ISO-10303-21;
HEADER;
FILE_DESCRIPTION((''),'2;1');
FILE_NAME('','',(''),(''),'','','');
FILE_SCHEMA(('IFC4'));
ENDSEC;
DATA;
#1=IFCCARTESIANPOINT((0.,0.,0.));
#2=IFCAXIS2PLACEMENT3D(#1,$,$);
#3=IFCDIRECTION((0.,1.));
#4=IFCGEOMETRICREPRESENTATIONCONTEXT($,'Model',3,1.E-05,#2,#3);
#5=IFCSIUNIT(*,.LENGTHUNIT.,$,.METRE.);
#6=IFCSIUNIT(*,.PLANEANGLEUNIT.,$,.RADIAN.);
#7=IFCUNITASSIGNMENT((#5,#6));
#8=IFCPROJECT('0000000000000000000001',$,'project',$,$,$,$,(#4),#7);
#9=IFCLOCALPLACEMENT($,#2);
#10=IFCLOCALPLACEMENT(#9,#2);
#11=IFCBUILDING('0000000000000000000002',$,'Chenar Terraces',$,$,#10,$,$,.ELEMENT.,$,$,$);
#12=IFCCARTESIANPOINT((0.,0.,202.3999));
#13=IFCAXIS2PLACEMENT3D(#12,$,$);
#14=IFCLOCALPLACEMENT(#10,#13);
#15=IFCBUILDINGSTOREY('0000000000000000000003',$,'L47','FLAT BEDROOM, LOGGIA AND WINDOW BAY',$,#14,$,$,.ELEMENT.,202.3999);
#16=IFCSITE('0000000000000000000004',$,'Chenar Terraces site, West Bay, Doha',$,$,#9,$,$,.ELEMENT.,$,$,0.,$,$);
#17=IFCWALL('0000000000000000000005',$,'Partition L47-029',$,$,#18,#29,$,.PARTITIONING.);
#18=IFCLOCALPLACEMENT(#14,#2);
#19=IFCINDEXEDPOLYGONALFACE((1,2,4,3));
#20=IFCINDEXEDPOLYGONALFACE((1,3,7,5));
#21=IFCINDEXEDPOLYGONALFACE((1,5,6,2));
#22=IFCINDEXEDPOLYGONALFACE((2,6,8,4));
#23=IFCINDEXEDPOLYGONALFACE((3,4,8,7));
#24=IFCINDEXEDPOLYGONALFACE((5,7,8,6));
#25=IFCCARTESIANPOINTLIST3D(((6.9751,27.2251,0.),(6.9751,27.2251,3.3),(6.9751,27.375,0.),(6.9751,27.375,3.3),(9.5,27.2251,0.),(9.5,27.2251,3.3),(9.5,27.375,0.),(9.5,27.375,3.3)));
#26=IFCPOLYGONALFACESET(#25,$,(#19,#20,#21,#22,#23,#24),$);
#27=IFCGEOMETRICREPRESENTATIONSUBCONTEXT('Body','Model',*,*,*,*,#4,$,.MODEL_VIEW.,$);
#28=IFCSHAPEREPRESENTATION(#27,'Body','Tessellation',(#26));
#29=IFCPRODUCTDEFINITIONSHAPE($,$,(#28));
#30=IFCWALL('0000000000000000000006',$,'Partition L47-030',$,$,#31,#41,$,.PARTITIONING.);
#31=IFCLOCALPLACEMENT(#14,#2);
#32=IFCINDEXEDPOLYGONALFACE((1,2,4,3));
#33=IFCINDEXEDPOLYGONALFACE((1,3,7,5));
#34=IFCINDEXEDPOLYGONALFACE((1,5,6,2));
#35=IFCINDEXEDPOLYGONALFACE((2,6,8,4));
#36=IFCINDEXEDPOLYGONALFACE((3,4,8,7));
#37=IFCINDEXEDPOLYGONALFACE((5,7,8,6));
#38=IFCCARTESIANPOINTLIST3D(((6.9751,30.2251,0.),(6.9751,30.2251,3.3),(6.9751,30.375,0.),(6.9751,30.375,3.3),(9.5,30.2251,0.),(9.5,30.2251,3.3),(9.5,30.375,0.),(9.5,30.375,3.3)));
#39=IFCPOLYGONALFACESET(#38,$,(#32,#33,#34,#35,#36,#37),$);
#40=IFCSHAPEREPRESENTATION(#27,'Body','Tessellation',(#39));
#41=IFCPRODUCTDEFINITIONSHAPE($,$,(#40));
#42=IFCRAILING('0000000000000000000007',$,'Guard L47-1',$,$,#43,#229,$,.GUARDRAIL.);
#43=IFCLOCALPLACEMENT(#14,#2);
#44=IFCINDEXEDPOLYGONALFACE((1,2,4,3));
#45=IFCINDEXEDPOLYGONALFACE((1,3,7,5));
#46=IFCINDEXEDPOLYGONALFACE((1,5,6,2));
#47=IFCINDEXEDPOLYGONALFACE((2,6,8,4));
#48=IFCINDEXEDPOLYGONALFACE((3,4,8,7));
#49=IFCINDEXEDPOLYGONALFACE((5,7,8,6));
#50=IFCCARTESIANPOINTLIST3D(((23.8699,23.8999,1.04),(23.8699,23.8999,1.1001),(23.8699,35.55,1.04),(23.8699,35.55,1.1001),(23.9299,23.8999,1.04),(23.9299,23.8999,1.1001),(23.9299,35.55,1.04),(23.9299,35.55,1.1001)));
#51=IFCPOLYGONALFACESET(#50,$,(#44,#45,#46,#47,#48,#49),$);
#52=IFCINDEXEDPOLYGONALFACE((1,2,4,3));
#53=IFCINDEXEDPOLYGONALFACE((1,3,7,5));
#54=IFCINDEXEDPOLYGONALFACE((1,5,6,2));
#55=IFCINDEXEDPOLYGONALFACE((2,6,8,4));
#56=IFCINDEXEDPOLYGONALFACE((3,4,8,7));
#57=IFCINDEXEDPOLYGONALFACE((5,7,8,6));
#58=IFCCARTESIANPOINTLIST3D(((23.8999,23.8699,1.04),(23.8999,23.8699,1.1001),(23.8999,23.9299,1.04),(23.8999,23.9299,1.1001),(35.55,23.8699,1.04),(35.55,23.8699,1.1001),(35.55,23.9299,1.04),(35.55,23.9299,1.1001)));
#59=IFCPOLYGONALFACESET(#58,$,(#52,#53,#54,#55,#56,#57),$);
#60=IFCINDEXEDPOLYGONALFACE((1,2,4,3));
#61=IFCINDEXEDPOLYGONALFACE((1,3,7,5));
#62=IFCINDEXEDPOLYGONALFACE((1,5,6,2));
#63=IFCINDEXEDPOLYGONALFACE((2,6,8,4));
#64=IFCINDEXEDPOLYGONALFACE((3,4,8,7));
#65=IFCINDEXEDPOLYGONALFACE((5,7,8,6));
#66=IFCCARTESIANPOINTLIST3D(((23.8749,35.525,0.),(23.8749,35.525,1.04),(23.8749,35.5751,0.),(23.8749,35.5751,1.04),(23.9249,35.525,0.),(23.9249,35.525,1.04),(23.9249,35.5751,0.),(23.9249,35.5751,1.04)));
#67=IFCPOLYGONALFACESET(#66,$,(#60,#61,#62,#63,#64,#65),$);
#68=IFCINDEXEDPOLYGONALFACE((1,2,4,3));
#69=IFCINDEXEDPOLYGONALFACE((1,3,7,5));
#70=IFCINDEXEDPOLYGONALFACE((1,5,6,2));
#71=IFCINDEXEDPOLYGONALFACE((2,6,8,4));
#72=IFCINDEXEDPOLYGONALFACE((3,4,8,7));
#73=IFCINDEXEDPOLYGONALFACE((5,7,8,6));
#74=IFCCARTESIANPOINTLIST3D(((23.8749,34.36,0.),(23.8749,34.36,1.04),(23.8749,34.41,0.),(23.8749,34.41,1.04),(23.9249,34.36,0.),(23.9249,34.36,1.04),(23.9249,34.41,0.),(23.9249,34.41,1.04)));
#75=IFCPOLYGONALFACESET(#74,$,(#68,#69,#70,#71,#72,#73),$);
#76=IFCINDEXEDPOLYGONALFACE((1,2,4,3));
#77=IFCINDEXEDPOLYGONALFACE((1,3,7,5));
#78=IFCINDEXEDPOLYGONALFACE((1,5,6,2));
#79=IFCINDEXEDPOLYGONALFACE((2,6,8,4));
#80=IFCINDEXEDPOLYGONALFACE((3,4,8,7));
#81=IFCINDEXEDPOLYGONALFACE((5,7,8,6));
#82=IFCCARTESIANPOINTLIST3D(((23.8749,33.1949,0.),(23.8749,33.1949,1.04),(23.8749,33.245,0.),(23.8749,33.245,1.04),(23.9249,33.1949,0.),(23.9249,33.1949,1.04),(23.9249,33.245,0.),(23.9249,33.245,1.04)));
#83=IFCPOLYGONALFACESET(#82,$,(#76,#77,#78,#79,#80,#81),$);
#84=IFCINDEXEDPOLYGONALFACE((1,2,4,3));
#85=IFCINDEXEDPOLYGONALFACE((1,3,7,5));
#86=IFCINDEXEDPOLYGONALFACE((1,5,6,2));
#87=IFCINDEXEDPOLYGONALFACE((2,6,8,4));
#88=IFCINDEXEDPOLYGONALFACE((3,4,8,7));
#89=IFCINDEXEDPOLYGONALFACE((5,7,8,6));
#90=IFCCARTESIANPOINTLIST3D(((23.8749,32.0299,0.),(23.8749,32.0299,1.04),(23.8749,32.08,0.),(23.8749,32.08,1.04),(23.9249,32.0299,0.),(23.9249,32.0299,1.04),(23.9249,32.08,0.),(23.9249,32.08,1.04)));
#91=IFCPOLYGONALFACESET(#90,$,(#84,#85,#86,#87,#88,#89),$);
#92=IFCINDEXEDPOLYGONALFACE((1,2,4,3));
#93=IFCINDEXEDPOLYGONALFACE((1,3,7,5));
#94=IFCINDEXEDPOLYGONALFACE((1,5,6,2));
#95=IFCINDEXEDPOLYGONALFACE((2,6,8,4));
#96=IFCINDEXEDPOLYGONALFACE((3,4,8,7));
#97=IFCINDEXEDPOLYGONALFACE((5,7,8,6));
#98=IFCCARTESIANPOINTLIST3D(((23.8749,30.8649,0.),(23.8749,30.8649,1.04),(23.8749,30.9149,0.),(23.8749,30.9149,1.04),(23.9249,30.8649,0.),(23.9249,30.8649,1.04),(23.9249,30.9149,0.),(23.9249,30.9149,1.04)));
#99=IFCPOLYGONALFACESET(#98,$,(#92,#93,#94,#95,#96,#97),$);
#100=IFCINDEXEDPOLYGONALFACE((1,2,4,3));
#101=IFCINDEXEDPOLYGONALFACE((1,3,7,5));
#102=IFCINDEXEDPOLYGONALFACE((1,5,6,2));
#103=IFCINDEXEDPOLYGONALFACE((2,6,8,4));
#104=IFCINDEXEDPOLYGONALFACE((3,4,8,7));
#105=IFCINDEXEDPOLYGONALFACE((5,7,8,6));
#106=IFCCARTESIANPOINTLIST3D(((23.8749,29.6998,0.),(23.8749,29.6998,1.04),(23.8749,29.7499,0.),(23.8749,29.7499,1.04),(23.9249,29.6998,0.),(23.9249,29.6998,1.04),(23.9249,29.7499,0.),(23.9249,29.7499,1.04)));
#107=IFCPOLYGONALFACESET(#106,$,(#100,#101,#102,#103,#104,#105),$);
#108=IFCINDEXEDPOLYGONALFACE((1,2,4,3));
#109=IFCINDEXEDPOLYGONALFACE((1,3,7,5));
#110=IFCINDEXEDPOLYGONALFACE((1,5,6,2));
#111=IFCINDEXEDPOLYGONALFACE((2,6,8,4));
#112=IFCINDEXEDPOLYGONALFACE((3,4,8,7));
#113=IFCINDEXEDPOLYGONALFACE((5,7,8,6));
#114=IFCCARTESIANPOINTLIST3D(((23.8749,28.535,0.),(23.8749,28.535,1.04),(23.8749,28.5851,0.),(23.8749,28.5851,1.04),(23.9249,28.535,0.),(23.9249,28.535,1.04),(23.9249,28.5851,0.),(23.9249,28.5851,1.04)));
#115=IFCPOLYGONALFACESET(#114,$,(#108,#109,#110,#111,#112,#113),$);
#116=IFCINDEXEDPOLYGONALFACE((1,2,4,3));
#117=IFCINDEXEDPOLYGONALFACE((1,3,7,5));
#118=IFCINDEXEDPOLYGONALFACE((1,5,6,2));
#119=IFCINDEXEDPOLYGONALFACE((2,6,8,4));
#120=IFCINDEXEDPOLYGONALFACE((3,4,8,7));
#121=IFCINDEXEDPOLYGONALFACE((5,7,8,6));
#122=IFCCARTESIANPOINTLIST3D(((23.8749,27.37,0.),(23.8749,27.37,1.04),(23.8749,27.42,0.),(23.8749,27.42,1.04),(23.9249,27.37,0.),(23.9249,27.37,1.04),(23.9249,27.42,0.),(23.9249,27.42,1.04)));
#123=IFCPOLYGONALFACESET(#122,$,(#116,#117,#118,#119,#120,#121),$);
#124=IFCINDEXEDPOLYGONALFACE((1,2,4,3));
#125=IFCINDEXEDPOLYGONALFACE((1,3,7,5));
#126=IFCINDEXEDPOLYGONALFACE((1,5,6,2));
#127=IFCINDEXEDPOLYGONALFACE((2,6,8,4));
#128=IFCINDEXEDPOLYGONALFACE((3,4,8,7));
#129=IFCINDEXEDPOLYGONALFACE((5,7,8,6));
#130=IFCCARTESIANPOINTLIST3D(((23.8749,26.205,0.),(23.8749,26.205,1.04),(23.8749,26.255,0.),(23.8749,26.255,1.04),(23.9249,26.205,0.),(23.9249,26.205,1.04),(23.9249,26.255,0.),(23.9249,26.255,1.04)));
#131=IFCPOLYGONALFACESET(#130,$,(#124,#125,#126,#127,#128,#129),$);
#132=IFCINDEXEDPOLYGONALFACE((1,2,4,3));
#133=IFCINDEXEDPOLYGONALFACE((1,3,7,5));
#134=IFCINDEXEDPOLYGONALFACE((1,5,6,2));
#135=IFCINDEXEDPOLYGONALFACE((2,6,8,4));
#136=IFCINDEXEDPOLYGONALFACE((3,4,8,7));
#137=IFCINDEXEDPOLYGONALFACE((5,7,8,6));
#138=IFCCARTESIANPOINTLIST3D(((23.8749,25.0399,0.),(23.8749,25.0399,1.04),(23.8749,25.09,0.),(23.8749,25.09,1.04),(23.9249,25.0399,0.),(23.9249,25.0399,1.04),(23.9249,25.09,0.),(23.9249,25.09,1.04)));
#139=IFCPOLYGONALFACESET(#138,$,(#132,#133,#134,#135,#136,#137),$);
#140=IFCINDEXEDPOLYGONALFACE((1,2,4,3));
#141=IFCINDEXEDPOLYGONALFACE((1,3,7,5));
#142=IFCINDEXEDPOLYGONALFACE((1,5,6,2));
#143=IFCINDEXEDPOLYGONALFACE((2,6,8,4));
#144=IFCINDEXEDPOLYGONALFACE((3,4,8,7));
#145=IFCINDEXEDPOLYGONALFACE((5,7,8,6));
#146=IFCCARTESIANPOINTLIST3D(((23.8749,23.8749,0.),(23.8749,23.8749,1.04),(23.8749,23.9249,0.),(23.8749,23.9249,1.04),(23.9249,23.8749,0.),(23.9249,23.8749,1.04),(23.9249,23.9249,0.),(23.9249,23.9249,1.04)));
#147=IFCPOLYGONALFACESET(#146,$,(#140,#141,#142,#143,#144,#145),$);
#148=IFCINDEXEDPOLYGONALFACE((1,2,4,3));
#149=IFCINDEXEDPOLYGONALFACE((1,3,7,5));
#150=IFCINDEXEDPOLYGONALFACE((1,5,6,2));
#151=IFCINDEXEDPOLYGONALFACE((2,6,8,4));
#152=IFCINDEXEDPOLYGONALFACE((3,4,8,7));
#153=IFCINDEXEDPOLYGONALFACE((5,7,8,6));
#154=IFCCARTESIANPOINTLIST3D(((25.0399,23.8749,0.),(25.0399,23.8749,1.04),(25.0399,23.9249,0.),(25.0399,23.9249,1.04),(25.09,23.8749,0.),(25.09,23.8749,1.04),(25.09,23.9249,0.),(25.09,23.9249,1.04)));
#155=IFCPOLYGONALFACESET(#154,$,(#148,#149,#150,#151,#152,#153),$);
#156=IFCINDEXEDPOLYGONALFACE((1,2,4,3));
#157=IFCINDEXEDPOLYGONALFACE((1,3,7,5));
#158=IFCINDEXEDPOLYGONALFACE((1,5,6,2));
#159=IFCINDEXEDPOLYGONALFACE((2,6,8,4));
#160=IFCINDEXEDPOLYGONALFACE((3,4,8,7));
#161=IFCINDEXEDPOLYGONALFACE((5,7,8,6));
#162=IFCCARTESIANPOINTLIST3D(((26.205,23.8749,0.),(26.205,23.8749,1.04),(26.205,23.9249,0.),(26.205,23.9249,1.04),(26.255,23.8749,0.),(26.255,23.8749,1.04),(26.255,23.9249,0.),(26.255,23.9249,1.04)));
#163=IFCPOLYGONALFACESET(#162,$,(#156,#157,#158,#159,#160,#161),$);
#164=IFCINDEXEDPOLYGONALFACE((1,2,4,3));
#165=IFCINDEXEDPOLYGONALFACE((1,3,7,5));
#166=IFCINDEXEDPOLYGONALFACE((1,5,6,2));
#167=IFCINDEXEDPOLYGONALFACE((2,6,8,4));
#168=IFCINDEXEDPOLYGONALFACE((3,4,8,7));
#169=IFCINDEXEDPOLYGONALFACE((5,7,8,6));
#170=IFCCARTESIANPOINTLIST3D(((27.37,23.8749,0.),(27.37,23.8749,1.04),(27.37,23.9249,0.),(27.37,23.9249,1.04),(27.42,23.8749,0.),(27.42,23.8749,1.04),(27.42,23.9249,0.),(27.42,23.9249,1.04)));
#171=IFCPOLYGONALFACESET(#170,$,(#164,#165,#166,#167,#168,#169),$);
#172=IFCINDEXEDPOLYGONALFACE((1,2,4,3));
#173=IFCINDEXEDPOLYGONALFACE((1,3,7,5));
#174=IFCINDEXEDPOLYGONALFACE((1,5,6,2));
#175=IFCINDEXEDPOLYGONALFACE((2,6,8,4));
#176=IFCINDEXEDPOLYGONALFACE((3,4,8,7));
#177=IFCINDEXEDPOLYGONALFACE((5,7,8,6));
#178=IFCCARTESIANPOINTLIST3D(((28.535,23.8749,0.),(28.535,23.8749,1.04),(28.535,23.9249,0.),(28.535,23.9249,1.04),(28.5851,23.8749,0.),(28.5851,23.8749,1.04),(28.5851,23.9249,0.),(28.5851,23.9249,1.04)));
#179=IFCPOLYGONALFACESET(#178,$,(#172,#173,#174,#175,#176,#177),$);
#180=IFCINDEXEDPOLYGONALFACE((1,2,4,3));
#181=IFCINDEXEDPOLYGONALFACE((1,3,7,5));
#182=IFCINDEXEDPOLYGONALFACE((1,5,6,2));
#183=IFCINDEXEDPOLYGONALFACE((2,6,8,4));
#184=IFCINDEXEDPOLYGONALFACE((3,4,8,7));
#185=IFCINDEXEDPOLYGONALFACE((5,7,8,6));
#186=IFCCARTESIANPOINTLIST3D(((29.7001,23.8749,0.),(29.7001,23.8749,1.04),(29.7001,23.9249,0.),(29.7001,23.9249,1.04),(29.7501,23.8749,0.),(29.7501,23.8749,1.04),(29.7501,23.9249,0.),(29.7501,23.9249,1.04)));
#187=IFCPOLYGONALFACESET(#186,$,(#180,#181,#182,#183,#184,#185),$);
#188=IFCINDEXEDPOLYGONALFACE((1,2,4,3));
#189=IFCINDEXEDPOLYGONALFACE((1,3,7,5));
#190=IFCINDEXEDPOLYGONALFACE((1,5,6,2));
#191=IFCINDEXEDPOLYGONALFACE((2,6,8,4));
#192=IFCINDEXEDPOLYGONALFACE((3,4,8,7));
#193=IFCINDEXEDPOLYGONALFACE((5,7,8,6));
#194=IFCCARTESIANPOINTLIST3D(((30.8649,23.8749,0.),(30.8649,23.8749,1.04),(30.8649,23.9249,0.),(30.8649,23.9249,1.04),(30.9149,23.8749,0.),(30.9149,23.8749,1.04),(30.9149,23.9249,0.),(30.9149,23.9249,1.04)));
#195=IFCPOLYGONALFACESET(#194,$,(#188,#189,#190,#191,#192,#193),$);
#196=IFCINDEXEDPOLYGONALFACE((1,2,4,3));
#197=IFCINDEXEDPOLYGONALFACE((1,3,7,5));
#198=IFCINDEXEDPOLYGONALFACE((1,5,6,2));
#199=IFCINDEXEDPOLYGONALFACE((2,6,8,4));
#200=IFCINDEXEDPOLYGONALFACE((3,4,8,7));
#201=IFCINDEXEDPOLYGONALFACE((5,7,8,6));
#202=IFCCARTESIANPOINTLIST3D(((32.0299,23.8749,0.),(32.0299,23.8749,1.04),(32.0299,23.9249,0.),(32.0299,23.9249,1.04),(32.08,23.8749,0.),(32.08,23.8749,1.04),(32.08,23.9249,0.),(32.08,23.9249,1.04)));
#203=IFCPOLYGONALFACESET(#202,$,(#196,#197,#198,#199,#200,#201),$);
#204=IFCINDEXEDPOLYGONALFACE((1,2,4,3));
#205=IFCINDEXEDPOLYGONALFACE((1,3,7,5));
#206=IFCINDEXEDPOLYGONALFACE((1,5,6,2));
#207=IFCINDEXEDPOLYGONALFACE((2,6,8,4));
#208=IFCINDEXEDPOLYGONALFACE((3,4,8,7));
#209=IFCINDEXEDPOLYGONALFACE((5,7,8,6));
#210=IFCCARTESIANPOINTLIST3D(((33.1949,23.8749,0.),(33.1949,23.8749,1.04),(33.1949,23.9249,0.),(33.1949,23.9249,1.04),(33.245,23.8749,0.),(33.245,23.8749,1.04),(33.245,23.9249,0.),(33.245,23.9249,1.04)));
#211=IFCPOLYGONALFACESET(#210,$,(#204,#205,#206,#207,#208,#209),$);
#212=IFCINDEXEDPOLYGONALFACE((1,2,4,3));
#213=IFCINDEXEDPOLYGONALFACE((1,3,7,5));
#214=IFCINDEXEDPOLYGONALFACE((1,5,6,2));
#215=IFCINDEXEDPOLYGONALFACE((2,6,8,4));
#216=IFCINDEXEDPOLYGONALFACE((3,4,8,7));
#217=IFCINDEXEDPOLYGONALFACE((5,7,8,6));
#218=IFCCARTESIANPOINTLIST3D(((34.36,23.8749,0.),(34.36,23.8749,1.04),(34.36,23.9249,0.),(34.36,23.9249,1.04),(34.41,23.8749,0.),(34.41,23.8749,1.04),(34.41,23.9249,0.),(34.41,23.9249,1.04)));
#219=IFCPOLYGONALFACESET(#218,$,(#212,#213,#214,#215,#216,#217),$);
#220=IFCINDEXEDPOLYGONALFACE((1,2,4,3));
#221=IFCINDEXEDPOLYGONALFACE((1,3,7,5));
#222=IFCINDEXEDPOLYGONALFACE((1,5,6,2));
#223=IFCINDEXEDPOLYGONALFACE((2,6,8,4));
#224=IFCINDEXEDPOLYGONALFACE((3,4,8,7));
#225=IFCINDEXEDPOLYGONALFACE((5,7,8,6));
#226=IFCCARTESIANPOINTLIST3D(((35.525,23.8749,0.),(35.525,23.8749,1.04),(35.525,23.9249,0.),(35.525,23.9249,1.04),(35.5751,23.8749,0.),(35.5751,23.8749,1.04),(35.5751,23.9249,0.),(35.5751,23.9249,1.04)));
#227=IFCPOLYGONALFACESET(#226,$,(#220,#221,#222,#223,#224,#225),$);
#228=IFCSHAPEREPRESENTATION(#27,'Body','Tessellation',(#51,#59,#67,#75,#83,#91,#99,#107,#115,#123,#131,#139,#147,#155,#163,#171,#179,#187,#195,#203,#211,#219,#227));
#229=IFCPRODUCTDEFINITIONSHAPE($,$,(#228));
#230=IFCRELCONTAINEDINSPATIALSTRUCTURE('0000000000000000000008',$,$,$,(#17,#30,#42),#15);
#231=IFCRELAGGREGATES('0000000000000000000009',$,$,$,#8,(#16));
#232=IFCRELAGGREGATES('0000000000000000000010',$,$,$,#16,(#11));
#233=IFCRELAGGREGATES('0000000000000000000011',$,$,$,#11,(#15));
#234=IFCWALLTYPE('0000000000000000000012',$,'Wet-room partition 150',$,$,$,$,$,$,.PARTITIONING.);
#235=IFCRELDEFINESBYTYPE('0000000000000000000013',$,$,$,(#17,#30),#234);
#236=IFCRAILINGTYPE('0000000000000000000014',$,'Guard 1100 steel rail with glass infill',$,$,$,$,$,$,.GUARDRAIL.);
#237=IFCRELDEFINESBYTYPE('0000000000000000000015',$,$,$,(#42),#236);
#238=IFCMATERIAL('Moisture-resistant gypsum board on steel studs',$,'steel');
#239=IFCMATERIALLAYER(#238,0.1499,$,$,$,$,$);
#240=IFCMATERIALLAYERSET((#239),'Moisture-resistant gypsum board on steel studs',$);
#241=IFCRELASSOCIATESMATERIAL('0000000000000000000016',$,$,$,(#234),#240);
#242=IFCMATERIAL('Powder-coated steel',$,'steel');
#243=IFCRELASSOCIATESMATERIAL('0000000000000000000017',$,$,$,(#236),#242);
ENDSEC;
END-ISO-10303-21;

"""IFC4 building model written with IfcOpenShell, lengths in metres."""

from ifc_helpers import new_model, si_unit, direction, frame, frame_2d, origin, origin_2d, place, context, subcontext, project, spatial, rectangle, extrude, material, layer, layer_set, type_object, element, save


model = new_model("IFC4")

# Units and contexts
model_context = context("Model", 3, precision=1e-05, world=origin(), true_north=direction((0.0, 1.0)))
body_context = subcontext(model_context, "Body", "Model", "MODEL_VIEW")
ifc_project = project(units=[si_unit("LENGTHUNIT", "METRE"), si_unit("PLANEANGLEUNIT", "RADIAN")], contexts=[model_context])

# Site, building, storey
site_placement = place(None, origin())
site = spatial("IfcSite", under=ifc_project, at=site_placement, Name="Chenar Terraces site, West Bay, Doha", CompositionType="ELEMENT", RefElevation=0.0)
building_placement = place(site_placement, origin())
building = spatial("IfcBuilding", under=site, at=building_placement, Name="Chenar Terraces", CompositionType="ELEMENT")
storey_placement = place(building_placement, frame((0.0, 0.0, 202.3999)))
storey = spatial("IfcBuildingStorey", under=building, at=storey_placement, Name="L47", Description="FLAT BEDROOM, LOGGIA AND WINDOW BAY", CompositionType="ELEMENT", Elevation=202.3999)

# Walls
ifc_material_1 = material(Name="Moisture-resistant gypsum board on steel studs", Category="steel")
ifc_layer_1 = layer(ifc_material_1, 0.1499)
ifc_layer_set_1 = layer_set([ifc_layer_1], Name="Moisture-resistant gypsum board on steel studs")
wall_type_1 = type_object("IfcWallType", Name="Wet-room partition 150", PredefinedType="PARTITIONING", material=ifc_layer_set_1)
for number, where, z_axis, x_axis, name in (
    (1, (6.9751, 27.3, 0.0), (0.0, 0.0, 1.0), (1.0, 0.0, 0.0), "Partition L47-029"),
    (2, (6.9751, 30.3, 0.0), (0.0, 0.0, 1.0), (1.0, 0.0, 0.0), "Partition L47-030"),
):
    element("IfcWall", number, at=place(storey_placement, frame(where, z_axis=z_axis, x_axis=x_axis)), inside=storey, type_object=wall_type_1, Name=name, PredefinedType="PARTITIONING", context=body_context, shape_type="SweptSolid", body=[
        extrude(rectangle(XDim=2.5249, YDim=0.1499, at=frame_2d((1.2625, 0.0))), origin(), (0.0, 0.0, 1.0), 3.3),
    ])

# Railing
ifc_material_2 = material(Name="Powder-coated steel", Category="steel")
railing_type = type_object("IfcRailingType", Name="Guard 1100 steel rail with glass infill", PredefinedType="GUARDRAIL", material=ifc_material_2)
railing_placement = place(storey_placement, frame((23.8999, 35.55, 0.0)))
element("IfcRailing", 3, at=railing_placement, inside=storey, type_object=railing_type, Name="Guard L47-1", PredefinedType="GUARDRAIL", context=body_context, shape_type="SweptSolid", body=[
    extrude(rectangle(XDim=0.0601, YDim=0.0601, at=origin_2d()), frame((0.0, 0.0, 1.0701), z_axis=(0.0, -1.0, 0.0), x_axis=(1.0, 0.0, 0.0)), (0.0, 0.0, 1.0), 11.6501),
    extrude(rectangle(XDim=0.0601, YDim=0.0601, at=origin_2d()), frame((0.0, -11.6501, 1.0701), z_axis=(1.0, 0.0, 0.0), x_axis=(0.0, 1.0, 0.0)), (0.0, 0.0, 1.0), 11.6501),
    extrude(rectangle(XDim=0.05, YDim=0.05, at=origin_2d()), origin(), (0.0, 0.0, 1.0), 1.04),
    extrude(rectangle(XDim=0.05, YDim=0.05, at=origin_2d()), frame((0.0, -1.165, 0.0)), (0.0, 0.0, 1.0), 1.04),
    extrude(rectangle(XDim=0.05, YDim=0.05, at=origin_2d()), frame((0.0, -2.3301, 0.0)), (0.0, 0.0, 1.0), 1.04),
    extrude(rectangle(XDim=0.05, YDim=0.05, at=origin_2d()), frame((0.0, -3.4951, 0.0)), (0.0, 0.0, 1.0), 1.04),
    extrude(rectangle(XDim=0.05, YDim=0.05, at=origin_2d()), frame((0.0, -4.6602, 0.0)), (0.0, 0.0, 1.0), 1.04),
    extrude(rectangle(XDim=0.05, YDim=0.05, at=origin_2d()), frame((0.0, -5.8252, 0.0)), (0.0, 0.0, 1.0), 1.04),
    extrude(rectangle(XDim=0.05, YDim=0.05, at=origin_2d()), frame((0.0, -6.99, 0.0)), (0.0, 0.0, 1.0), 1.04),
    extrude(rectangle(XDim=0.05, YDim=0.05, at=origin_2d()), frame((0.0, -8.155, 0.0)), (0.0, 0.0, 1.0), 1.04),
    extrude(rectangle(XDim=0.05, YDim=0.05, at=origin_2d()), frame((0.0, -9.3201, 0.0)), (0.0, 0.0, 1.0), 1.04),
    extrude(rectangle(XDim=0.05, YDim=0.05, at=origin_2d()), frame((0.0, -10.4851, 0.0)), (0.0, 0.0, 1.0), 1.04),
    extrude(rectangle(XDim=0.05, YDim=0.05, at=origin_2d()), frame((0.0, -11.6501, 0.0)), (0.0, 0.0, 1.0), 1.04),
    extrude(rectangle(XDim=0.05, YDim=0.05, at=origin_2d()), frame((1.165, -11.6501, 0.0)), (0.0, 0.0, 1.0), 1.04),
    extrude(rectangle(XDim=0.05, YDim=0.05, at=origin_2d()), frame((2.3301, -11.6501, 0.0)), (0.0, 0.0, 1.0), 1.04),
    extrude(rectangle(XDim=0.05, YDim=0.05, at=origin_2d()), frame((3.4951, -11.6501, 0.0)), (0.0, 0.0, 1.0), 1.04),
    extrude(rectangle(XDim=0.05, YDim=0.05, at=origin_2d()), frame((4.6602, -11.6501, 0.0)), (0.0, 0.0, 1.0), 1.04),
    extrude(rectangle(XDim=0.05, YDim=0.05, at=origin_2d()), frame((5.8252, -11.6501, 0.0)), (0.0, 0.0, 1.0), 1.04),
    extrude(rectangle(XDim=0.05, YDim=0.05, at=origin_2d()), frame((6.99, -11.6501, 0.0)), (0.0, 0.0, 1.0), 1.04),
    extrude(rectangle(XDim=0.05, YDim=0.05, at=origin_2d()), frame((8.155, -11.6501, 0.0)), (0.0, 0.0, 1.0), 1.04),
    extrude(rectangle(XDim=0.05, YDim=0.05, at=origin_2d()), frame((9.3201, -11.6501, 0.0)), (0.0, 0.0, 1.0), 1.04),
    extrude(rectangle(XDim=0.05, YDim=0.05, at=origin_2d()), frame((10.4851, -11.6501, 0.0)), (0.0, 0.0, 1.0), 1.04),
    extrude(rectangle(XDim=0.05, YDim=0.05, at=origin_2d()), frame((11.6501, -11.6501, 0.0)), (0.0, 0.0, 1.0), 1.04),
])

save(model, "model.ifc")
